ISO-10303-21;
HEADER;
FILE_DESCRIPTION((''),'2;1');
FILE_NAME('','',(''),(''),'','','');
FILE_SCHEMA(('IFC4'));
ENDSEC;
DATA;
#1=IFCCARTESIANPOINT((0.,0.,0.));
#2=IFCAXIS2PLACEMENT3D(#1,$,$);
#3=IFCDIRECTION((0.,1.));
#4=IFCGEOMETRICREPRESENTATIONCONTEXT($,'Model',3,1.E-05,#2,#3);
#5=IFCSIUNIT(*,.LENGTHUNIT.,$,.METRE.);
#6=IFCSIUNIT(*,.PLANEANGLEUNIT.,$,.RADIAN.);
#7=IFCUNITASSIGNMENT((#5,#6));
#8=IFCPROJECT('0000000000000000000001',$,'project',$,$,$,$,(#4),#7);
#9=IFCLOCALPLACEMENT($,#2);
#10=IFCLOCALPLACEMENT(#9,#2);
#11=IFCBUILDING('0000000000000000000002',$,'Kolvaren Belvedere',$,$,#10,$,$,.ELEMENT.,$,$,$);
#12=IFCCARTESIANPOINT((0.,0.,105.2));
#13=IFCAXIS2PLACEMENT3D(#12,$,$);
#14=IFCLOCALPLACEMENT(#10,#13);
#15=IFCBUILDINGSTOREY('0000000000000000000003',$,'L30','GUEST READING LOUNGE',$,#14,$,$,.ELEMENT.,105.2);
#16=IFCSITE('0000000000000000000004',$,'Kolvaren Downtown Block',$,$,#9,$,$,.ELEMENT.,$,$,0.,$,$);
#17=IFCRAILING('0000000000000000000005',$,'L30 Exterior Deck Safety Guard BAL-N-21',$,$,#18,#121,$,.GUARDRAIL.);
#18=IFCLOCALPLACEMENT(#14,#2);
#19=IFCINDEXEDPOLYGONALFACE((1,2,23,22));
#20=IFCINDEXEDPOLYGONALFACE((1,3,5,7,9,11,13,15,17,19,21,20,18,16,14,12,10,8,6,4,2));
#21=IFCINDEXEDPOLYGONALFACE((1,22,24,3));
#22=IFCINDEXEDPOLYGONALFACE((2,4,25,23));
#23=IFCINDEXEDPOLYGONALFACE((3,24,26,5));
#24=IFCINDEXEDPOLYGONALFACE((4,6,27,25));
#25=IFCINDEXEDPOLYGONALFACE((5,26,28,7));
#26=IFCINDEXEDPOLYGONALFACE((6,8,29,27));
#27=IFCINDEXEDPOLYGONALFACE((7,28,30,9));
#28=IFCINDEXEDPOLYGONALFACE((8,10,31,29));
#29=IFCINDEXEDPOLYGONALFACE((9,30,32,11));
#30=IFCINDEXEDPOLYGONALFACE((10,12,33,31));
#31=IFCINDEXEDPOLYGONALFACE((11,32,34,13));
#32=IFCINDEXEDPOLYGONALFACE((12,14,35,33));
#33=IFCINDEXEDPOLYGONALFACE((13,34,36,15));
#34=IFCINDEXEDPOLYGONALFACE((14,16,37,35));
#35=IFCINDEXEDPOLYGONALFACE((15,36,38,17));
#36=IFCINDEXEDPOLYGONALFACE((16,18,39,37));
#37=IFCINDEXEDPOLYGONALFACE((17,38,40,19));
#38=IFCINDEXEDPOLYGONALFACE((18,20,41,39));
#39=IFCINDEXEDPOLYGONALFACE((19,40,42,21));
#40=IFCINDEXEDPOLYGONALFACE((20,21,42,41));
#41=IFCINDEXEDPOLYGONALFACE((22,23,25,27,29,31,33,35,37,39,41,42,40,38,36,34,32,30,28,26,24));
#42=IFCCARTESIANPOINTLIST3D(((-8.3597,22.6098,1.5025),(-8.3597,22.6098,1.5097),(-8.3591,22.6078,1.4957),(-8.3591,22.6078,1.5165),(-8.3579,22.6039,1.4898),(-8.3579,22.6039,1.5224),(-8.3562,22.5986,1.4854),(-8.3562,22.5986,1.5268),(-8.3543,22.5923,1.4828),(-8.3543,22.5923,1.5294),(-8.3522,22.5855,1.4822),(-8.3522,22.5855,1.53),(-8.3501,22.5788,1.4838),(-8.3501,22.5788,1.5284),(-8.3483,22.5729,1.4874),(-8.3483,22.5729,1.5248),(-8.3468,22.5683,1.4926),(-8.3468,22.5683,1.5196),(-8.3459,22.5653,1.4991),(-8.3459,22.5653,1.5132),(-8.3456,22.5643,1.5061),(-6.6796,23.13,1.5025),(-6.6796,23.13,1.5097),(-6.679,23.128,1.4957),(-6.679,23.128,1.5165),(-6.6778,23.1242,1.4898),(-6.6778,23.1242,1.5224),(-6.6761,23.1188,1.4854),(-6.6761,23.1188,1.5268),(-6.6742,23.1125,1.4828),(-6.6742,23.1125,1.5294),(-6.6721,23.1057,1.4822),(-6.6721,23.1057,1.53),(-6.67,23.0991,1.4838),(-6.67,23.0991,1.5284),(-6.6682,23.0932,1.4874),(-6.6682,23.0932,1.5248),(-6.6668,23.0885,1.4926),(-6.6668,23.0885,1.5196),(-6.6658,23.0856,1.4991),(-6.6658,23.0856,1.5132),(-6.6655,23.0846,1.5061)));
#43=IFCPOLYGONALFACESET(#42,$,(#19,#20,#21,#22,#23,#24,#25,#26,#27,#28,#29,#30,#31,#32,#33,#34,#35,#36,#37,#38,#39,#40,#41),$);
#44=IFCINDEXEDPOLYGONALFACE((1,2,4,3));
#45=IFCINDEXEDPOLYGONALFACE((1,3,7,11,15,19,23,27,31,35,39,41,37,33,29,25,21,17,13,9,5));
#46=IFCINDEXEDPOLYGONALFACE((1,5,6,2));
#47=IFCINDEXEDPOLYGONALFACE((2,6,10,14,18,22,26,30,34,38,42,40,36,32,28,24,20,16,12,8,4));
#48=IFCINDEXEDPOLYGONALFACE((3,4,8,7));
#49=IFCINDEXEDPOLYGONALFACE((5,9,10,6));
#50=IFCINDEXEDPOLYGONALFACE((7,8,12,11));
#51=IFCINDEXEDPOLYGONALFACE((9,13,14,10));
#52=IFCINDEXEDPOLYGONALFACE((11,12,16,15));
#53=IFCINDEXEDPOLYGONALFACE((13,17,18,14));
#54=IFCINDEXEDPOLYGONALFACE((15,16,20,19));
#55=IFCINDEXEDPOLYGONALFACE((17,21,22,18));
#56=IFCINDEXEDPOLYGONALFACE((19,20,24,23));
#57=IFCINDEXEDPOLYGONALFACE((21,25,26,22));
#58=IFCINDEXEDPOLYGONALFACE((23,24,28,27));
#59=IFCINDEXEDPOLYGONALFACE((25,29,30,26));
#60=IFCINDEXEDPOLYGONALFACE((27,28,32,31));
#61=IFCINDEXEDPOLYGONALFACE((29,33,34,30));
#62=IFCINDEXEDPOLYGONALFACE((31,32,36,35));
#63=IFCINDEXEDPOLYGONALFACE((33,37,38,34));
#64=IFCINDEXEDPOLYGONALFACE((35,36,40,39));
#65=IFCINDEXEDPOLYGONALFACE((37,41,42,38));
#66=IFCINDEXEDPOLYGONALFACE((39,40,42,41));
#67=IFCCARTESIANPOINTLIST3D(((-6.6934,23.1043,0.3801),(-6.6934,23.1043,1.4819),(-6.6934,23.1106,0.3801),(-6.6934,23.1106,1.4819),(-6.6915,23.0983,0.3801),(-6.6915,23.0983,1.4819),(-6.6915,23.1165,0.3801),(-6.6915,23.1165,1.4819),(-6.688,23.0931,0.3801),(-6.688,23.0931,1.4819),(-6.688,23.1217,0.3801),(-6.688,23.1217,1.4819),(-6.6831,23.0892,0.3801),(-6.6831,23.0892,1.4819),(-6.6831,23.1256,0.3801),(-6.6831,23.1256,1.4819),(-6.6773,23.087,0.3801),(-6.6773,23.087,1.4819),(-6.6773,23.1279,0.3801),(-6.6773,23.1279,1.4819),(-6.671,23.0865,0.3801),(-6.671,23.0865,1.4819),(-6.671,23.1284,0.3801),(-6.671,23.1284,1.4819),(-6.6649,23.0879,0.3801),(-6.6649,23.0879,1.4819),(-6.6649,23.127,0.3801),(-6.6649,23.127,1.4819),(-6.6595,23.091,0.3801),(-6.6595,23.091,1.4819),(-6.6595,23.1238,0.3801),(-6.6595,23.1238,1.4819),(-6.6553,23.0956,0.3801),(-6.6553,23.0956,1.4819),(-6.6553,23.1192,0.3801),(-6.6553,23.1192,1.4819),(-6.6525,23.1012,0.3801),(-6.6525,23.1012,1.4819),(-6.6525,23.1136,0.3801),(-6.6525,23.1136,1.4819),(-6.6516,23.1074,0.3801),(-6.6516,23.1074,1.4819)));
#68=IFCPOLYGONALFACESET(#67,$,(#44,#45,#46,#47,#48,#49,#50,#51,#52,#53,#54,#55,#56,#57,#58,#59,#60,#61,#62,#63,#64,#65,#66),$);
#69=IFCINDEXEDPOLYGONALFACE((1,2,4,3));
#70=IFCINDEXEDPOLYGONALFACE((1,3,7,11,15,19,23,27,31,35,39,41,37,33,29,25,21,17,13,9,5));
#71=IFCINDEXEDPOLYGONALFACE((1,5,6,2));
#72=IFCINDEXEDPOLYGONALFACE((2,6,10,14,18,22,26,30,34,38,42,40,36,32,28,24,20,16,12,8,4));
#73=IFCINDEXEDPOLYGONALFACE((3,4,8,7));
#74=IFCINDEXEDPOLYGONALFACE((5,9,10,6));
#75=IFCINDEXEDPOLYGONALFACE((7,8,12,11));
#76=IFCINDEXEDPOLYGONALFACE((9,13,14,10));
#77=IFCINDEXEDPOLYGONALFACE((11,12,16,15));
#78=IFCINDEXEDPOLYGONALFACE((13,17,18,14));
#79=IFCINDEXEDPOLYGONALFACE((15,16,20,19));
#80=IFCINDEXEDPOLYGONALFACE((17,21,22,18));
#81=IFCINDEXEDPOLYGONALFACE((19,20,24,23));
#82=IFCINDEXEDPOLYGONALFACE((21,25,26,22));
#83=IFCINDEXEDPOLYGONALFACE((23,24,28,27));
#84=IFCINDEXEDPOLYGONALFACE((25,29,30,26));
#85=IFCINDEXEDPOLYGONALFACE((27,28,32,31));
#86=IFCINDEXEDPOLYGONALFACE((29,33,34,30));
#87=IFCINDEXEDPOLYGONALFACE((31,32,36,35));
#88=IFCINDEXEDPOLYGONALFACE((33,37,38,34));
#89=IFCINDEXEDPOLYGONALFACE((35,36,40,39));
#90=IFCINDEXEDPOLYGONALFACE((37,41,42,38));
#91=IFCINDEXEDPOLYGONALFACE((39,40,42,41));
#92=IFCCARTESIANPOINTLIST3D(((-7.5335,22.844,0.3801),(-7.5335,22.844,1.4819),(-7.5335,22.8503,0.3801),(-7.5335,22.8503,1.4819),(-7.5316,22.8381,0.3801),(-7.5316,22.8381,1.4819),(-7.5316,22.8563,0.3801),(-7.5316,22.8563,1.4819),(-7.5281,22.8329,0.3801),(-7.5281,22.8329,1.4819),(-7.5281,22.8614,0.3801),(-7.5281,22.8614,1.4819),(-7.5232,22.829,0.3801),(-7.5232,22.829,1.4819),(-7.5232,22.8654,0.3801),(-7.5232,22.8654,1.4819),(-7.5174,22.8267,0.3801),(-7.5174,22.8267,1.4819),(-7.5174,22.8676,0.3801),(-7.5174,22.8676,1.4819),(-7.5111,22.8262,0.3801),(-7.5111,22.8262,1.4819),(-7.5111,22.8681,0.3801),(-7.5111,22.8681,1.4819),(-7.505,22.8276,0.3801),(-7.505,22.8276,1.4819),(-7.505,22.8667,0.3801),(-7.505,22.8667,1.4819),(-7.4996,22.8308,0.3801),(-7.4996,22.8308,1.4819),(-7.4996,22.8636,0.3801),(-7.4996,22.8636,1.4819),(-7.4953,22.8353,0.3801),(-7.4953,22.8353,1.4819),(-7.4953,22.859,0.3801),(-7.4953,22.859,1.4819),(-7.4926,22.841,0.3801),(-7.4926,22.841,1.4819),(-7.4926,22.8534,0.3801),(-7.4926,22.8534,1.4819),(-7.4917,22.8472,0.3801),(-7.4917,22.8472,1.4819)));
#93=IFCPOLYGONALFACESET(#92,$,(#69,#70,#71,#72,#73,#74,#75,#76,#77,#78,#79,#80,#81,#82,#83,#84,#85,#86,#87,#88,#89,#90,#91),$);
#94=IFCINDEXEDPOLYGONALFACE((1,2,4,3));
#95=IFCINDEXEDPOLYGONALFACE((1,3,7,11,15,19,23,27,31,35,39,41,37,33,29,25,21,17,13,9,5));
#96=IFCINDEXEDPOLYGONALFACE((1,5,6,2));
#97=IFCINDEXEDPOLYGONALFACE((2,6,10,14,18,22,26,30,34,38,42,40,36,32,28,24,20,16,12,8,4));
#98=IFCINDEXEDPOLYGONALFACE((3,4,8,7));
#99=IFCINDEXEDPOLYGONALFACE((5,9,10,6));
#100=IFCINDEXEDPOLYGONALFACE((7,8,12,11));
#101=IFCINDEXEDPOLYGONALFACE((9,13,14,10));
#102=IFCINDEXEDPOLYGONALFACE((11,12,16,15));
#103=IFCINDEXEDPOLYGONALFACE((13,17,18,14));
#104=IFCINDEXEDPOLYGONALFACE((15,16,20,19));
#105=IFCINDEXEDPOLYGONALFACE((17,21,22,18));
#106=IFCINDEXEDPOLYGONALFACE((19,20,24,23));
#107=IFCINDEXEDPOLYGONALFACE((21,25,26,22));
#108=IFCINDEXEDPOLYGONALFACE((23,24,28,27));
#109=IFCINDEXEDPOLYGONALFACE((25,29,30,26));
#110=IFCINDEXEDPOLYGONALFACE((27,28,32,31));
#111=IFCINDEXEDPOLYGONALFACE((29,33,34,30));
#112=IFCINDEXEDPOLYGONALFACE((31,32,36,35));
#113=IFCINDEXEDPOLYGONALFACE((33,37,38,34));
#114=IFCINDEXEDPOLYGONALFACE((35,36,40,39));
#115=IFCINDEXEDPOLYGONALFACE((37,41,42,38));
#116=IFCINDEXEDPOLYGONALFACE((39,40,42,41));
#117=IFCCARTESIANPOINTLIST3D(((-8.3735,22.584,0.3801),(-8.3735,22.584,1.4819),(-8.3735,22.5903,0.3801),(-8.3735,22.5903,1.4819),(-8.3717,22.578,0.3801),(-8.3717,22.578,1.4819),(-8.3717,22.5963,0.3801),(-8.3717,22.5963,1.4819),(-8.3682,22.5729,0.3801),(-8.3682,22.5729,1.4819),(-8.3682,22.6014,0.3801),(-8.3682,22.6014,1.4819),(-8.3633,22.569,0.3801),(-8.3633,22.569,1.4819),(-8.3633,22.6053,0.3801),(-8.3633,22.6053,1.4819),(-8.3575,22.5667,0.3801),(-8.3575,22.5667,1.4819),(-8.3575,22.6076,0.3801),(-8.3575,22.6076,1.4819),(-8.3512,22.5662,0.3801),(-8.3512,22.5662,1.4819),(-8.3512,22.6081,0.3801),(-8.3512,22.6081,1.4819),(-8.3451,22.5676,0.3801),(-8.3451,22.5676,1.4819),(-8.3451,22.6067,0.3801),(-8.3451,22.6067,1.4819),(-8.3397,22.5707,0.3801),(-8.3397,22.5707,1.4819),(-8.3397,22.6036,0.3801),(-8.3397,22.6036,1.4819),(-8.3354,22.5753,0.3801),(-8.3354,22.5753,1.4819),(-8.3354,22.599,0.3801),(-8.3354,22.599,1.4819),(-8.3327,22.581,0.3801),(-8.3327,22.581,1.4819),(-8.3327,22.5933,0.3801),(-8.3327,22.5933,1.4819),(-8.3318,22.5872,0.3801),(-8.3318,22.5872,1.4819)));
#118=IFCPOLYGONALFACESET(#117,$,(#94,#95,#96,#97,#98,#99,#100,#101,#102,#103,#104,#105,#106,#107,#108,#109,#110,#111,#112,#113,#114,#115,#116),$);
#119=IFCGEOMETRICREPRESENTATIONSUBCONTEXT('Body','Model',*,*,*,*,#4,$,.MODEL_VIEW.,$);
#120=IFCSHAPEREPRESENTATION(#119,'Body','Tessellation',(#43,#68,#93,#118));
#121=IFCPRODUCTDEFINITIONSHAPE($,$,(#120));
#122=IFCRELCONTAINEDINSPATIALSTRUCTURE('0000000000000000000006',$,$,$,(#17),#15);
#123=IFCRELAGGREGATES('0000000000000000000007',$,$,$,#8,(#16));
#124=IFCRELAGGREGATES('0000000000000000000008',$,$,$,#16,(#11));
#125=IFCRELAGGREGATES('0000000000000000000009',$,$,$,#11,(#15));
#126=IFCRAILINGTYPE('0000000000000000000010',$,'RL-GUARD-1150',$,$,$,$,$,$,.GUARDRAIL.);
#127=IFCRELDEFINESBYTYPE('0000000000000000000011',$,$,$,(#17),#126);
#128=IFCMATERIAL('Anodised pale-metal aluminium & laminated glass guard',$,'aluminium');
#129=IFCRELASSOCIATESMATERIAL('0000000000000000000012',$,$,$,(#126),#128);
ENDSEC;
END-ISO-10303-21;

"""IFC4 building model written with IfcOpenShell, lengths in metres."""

from ifc_helpers import new_model, si_unit, direction, frame, origin, origin_2d, place, context, subcontext, project, spatial, circle, extrude, material, type_object, element, save


model = new_model("IFC4")

# Units and contexts
model_context = context("Model", 3, precision=1e-05, world=origin(), true_north=direction((0.0, 1.0)))
body_context = subcontext(model_context, "Body", "Model", "MODEL_VIEW")
ifc_project = project(units=[si_unit("LENGTHUNIT", "METRE"), si_unit("PLANEANGLEUNIT", "RADIAN")], contexts=[model_context])

# Site, building, storey
site_placement = place(None, origin())
site = spatial("IfcSite", under=ifc_project, at=site_placement, Name="Kolvaren Downtown Block", CompositionType="ELEMENT", RefElevation=0.0)
building_placement = place(site_placement, origin())
building = spatial("IfcBuilding", under=site, at=building_placement, Name="Kolvaren Belvedere", CompositionType="ELEMENT")
storey_placement = place(building_placement, frame((0.0, 0.0, 105.2)))
storey = spatial("IfcBuildingStorey", under=building, at=storey_placement, Name="L30", Description="GUEST READING LOUNGE", CompositionType="ELEMENT", Elevation=105.2)

# Railing
ifc_material_1 = material(Name="Anodised pale-metal aluminium & laminated glass guard", Category="aluminium")
railing_type = type_object("IfcRailingType", Name="RL-GUARD-1150", PredefinedType="GUARDRAIL", material=ifc_material_1)
railing_1_placement = place(storey_placement, frame((-6.6726, 23.1074, 0.3801)))
element("IfcRailing", 1, at=railing_1_placement, inside=storey, type_object=railing_type, Name="L30 Exterior Deck Safety Guard BAL-N-21", PredefinedType="GUARDRAIL", context=body_context, shape_type="SweptSolid", body=[
    extrude(circle(Radius=0.0239, at=origin_2d()), frame((0.0, 0.0, 1.126), z_axis=(-0.955252, -0.295792, 0.0), x_axis=(0.295792, -0.955252, 0.0)), (0.0, 0.0, 1.0), 1.7588),
    extrude(circle(Radius=0.021, at=origin_2d()), origin(), (0.0, 0.0, 1.0), 1.1018),
    extrude(circle(Radius=0.021, at=origin_2d()), frame((-0.8401, -0.2603, 0.0)), (0.0, 0.0, 1.0), 1.1018),
    extrude(circle(Radius=0.021, at=origin_2d()), frame((-1.6802, -0.5203, 0.0)), (0.0, 0.0, 1.0), 1.1018),
])

save(model, "model.ifc")
